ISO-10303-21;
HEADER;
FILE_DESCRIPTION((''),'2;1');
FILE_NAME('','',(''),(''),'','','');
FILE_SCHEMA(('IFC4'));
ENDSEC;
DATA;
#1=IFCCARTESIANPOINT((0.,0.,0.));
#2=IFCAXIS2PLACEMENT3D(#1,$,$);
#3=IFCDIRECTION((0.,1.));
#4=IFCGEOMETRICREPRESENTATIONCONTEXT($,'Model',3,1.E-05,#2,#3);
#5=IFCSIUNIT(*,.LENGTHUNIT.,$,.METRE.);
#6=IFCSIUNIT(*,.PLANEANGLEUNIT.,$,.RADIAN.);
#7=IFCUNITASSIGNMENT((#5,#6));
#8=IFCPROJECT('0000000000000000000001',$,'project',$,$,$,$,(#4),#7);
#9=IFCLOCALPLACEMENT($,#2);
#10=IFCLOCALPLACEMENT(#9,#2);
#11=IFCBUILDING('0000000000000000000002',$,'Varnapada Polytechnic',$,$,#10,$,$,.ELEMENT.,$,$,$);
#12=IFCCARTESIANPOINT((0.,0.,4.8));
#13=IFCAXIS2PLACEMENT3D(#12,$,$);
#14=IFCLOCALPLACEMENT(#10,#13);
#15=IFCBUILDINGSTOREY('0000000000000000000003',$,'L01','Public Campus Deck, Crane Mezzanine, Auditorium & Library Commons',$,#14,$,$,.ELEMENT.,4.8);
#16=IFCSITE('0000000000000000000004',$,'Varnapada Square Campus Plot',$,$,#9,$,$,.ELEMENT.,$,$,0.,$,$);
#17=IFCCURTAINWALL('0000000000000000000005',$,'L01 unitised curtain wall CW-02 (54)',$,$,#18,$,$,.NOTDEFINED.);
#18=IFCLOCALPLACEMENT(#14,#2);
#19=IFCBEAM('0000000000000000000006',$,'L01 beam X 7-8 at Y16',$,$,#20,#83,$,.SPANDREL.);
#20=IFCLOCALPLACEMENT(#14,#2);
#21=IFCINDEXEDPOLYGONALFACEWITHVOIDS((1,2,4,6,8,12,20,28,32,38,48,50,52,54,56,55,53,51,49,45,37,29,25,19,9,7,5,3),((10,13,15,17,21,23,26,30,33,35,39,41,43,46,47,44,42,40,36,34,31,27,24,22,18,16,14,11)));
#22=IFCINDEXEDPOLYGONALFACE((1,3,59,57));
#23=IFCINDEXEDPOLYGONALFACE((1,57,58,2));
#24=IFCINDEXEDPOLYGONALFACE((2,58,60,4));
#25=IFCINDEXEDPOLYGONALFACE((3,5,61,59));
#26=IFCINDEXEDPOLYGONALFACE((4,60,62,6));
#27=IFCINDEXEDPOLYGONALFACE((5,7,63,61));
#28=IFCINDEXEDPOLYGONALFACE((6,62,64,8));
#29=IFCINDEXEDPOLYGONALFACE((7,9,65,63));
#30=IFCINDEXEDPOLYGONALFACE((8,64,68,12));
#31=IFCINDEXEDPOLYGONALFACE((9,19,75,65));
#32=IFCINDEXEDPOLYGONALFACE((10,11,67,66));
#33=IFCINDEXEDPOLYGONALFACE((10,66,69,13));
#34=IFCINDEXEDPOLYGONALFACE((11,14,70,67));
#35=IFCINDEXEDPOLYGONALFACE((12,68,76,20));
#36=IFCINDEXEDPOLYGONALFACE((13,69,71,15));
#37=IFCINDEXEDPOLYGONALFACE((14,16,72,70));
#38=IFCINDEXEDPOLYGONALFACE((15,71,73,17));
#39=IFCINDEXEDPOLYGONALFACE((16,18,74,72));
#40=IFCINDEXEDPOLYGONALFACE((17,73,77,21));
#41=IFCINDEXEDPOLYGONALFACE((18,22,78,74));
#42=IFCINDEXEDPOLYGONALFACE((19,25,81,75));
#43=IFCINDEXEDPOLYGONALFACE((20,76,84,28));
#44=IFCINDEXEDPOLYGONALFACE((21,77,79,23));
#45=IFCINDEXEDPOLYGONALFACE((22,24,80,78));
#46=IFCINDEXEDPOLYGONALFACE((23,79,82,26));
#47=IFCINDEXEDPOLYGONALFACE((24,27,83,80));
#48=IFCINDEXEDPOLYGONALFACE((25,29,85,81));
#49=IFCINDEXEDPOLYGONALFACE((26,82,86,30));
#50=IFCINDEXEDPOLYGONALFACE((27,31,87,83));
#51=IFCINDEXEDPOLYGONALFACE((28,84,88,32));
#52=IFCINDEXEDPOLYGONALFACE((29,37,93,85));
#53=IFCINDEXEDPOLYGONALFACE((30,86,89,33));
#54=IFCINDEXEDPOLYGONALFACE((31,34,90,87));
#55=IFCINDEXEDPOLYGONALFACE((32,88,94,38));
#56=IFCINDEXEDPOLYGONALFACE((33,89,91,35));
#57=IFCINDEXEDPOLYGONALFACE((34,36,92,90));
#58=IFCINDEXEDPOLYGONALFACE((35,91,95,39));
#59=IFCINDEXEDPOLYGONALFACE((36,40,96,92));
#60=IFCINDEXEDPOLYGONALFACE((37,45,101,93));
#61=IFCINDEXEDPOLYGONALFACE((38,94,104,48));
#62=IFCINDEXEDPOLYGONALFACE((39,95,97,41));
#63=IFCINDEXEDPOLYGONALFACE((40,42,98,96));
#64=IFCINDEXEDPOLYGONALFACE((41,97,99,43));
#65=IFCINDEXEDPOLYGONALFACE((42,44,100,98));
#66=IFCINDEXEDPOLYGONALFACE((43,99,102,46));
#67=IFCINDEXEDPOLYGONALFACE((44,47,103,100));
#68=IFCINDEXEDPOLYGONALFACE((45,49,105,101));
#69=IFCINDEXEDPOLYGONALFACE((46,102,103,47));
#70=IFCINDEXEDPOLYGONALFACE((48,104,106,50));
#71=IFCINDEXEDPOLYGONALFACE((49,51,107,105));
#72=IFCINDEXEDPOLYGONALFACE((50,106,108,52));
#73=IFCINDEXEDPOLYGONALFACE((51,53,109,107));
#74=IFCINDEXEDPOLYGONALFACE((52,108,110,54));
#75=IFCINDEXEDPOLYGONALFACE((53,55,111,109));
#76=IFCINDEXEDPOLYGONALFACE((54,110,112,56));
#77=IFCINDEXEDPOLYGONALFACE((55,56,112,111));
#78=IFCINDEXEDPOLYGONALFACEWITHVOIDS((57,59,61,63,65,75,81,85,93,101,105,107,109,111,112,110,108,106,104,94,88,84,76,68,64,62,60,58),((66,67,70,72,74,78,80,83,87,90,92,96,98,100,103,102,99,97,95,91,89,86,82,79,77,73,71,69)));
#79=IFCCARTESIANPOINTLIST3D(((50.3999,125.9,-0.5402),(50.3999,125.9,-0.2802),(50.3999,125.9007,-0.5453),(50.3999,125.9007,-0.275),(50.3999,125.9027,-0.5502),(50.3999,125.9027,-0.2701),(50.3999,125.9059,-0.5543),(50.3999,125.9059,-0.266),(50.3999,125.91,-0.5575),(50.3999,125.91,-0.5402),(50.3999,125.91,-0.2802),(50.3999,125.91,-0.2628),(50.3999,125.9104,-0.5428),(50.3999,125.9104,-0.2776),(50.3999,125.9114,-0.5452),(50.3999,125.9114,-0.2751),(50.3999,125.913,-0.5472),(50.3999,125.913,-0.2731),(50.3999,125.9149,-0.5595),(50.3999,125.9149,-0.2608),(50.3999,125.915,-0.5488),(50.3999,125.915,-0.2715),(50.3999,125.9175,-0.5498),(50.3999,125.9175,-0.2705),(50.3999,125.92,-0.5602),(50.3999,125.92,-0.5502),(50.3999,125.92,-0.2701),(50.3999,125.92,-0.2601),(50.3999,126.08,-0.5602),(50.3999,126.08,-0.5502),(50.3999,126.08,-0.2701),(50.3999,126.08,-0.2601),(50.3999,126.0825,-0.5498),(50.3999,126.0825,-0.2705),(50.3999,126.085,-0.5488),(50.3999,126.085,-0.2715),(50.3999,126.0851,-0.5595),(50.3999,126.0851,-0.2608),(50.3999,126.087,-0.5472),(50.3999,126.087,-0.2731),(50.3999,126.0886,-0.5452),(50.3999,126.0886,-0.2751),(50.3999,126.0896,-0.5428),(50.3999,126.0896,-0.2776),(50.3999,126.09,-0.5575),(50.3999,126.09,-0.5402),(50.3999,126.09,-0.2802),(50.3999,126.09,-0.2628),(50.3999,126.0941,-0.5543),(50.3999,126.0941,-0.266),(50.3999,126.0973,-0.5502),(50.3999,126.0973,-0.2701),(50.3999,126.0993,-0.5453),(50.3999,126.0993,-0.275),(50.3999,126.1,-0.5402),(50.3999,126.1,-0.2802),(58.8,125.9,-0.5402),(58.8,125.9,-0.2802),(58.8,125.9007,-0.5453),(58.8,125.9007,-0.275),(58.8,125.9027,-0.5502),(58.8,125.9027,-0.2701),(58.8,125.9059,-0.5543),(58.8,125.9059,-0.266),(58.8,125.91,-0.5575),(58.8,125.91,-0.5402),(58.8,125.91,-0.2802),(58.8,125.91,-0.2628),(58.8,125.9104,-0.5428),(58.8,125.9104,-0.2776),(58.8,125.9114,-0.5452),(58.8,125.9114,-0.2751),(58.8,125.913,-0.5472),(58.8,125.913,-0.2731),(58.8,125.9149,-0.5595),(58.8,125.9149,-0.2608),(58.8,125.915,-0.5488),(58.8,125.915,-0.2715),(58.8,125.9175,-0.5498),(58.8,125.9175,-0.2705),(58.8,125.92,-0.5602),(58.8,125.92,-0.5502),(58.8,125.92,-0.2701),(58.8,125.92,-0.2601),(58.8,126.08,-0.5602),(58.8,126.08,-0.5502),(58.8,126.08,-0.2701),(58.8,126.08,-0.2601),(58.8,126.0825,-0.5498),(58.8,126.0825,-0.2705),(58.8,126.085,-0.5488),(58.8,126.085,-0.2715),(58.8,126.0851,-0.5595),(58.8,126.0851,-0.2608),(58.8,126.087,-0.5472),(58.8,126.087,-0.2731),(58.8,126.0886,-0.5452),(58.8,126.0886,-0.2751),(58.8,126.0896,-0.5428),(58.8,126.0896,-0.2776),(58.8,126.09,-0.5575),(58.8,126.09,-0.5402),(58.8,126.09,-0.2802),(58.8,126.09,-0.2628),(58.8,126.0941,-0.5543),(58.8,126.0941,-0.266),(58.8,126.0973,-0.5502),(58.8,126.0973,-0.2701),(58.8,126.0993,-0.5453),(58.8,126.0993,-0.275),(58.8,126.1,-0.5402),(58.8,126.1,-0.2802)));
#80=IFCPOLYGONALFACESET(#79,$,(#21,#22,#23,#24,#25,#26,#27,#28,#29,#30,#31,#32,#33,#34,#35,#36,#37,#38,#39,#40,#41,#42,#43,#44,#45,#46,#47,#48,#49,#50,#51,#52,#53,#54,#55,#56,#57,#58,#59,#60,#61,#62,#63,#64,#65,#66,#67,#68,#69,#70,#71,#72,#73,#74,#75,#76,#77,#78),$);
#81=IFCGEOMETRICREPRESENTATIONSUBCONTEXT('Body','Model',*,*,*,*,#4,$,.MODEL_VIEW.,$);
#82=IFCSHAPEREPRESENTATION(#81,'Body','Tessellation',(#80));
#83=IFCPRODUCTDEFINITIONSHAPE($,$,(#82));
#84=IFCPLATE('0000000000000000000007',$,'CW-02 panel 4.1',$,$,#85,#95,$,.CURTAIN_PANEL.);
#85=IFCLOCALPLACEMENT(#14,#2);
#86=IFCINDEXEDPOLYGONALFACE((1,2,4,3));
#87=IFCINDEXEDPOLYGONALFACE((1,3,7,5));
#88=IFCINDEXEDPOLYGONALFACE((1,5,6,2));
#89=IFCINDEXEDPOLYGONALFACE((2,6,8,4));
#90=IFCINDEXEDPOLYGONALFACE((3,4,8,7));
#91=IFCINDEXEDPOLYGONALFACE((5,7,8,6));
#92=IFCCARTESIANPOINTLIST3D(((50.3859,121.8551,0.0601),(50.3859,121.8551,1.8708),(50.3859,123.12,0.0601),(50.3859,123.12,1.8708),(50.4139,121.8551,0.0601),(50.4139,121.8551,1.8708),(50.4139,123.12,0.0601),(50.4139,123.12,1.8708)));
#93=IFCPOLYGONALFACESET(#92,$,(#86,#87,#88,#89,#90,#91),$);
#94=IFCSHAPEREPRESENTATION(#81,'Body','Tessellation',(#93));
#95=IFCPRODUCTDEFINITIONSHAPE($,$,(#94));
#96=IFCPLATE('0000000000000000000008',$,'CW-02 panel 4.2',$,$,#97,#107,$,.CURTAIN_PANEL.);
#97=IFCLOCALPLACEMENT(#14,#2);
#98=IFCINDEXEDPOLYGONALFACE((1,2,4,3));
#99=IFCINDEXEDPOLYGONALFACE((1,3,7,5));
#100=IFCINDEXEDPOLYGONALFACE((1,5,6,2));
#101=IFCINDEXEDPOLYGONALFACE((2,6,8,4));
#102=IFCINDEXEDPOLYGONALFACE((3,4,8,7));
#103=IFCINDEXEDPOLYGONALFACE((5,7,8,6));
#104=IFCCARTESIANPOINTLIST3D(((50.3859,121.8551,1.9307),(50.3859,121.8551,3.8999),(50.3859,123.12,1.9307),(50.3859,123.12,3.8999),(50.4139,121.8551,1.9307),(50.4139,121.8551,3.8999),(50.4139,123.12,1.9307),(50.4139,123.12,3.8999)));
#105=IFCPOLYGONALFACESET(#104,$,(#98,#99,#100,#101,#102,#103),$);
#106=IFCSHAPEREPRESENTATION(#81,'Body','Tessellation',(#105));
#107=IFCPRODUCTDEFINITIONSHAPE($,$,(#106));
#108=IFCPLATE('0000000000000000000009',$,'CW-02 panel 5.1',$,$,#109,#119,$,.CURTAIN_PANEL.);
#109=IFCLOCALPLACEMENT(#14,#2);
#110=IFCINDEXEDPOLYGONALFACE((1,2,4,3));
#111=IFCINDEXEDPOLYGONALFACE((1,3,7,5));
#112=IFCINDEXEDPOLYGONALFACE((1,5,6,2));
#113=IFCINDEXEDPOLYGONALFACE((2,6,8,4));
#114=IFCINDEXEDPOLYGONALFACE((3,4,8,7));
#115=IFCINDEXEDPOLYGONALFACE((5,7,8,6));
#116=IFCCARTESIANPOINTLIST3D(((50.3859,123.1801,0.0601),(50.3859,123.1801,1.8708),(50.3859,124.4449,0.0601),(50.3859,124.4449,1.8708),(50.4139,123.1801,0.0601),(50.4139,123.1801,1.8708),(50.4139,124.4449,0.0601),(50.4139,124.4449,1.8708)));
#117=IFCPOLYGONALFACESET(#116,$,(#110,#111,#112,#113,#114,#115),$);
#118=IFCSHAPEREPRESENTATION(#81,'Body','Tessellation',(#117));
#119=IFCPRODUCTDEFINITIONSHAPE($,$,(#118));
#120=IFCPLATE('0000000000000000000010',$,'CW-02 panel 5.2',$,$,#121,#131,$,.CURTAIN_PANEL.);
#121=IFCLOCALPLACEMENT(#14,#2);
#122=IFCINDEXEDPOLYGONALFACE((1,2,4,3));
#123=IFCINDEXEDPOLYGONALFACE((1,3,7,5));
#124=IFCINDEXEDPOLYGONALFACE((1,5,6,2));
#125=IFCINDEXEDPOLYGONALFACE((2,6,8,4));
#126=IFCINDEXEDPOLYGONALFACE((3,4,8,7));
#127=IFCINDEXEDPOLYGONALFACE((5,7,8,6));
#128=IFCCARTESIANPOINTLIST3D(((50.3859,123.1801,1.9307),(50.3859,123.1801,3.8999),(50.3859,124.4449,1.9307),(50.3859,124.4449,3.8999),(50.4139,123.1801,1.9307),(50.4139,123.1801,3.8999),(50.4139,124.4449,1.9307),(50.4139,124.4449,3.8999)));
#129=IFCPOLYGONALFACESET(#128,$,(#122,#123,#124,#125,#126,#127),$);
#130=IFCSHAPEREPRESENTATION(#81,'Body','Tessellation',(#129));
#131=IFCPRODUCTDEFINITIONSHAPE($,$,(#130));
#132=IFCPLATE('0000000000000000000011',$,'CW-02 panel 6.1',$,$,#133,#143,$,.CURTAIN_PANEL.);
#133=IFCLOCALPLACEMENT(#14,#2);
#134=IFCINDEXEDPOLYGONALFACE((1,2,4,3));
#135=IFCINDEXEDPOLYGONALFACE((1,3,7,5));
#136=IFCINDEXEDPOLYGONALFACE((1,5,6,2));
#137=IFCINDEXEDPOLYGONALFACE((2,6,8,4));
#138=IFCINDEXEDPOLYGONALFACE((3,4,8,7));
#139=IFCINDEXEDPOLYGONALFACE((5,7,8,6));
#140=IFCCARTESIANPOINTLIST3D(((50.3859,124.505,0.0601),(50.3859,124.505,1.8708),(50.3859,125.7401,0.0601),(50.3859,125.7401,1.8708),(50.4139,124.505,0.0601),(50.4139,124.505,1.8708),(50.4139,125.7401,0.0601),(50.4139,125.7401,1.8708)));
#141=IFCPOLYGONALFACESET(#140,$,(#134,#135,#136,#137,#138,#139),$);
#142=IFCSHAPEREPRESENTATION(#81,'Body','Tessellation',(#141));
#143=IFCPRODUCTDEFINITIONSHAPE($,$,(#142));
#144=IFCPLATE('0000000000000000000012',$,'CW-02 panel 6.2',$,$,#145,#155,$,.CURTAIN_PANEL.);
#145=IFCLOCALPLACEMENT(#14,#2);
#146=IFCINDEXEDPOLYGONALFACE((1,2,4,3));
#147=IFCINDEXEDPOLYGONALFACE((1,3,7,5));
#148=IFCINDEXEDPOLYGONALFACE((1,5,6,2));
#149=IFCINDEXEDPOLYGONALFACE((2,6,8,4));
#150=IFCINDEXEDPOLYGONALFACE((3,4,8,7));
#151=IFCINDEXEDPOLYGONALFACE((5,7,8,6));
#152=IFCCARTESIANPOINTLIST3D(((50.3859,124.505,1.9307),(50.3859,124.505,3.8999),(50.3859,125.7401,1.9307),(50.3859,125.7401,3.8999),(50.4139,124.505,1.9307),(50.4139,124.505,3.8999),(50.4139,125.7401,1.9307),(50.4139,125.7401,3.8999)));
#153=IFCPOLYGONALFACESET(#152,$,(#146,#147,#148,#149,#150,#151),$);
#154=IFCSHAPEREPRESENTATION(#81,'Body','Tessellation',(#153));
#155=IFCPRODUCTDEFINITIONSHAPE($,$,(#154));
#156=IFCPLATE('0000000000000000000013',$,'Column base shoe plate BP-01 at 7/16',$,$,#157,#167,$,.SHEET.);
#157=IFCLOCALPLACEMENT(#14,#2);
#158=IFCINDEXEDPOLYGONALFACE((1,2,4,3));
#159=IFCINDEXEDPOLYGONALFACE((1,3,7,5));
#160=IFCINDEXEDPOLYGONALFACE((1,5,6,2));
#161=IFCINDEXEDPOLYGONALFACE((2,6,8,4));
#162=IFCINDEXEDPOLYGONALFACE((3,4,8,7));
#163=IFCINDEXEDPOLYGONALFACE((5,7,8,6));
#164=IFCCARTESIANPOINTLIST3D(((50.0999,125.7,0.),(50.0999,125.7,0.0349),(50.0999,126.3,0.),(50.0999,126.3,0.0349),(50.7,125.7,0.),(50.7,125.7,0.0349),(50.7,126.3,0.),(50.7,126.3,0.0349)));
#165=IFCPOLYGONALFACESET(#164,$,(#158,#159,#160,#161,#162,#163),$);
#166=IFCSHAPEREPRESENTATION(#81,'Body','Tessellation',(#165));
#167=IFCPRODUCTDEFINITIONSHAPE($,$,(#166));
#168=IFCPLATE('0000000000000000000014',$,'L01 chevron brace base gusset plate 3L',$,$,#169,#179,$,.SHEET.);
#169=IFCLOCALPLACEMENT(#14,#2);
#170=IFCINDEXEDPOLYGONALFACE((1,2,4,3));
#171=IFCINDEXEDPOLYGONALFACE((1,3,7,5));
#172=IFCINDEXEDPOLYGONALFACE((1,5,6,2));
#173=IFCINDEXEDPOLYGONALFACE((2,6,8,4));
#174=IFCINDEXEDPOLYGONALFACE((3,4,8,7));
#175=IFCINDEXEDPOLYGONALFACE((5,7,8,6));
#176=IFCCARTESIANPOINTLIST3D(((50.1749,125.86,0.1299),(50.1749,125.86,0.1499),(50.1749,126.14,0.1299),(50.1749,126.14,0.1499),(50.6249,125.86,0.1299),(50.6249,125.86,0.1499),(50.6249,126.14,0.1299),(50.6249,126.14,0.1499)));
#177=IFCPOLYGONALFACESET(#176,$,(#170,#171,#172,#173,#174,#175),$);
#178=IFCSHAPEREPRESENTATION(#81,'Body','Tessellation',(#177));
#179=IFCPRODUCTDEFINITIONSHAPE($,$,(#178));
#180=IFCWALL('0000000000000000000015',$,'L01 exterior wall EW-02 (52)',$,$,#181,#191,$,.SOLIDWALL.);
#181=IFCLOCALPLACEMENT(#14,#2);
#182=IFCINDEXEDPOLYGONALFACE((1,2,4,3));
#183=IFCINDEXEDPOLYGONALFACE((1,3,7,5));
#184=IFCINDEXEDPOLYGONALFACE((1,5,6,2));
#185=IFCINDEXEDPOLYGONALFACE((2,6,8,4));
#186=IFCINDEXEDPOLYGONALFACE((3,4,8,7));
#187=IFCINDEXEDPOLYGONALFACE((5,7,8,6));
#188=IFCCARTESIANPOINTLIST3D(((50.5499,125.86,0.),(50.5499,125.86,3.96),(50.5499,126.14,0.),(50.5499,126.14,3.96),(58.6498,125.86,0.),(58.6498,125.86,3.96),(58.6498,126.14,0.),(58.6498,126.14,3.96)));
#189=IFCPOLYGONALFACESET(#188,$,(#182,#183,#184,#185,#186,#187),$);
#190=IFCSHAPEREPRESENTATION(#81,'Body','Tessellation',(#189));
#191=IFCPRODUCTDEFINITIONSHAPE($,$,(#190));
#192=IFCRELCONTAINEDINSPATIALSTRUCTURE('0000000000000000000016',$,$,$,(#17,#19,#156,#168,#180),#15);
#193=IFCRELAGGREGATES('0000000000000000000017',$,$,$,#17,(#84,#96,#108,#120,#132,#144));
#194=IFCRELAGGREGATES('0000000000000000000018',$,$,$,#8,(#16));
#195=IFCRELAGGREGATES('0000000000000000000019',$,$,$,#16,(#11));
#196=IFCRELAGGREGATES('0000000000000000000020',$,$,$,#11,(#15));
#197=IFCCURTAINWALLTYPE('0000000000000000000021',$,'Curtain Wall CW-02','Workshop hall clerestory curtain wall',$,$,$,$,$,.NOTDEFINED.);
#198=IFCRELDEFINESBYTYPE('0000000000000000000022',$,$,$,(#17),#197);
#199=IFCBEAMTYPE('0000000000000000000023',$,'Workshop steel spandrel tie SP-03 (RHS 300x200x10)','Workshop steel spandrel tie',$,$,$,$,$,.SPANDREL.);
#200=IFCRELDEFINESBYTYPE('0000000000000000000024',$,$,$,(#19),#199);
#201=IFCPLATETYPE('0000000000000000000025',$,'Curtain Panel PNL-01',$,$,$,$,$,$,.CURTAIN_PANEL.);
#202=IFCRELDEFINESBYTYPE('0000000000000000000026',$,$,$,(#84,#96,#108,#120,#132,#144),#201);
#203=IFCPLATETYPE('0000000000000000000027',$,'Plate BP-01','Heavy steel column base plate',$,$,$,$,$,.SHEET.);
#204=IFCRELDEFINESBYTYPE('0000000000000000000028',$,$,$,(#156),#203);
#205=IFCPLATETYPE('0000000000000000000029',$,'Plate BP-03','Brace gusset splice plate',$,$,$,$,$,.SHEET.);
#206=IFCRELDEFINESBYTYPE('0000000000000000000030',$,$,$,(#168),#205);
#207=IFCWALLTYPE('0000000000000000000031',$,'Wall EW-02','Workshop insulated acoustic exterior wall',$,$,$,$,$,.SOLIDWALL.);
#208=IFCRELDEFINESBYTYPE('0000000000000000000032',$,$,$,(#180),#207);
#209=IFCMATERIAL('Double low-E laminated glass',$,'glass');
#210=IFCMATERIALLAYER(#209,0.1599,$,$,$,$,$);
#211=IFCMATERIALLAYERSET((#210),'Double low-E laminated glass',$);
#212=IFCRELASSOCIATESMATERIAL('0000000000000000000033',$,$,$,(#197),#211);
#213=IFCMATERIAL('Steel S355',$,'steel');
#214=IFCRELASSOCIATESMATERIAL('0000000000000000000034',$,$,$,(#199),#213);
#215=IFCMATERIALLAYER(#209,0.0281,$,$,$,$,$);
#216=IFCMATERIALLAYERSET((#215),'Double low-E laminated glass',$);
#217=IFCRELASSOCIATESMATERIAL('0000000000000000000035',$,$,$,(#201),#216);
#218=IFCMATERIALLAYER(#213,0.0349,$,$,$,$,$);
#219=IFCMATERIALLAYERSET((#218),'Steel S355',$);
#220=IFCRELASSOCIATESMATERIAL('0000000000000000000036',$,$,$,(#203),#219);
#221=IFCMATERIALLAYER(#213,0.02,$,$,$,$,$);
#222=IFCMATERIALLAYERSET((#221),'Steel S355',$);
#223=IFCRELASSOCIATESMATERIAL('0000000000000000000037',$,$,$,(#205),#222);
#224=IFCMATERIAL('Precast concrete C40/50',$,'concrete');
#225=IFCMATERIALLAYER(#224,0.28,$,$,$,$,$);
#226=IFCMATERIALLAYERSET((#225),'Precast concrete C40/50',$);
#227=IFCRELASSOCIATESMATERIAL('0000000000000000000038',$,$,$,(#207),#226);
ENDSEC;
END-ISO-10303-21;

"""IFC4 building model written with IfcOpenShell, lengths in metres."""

from ifc_helpers import new_model, si_unit, direction, frame, frame_2d, origin, origin_2d, place, context, subcontext, project, spatial, rectangle, hollow_rectangle, extrude, material, layer, layer_set, material_profile, profile_set, type_object, element, aggregate, save


model = new_model("IFC4")

# Units and contexts
model_context = context("Model", 3, precision=1e-05, world=origin(), true_north=direction((0.0, 1.0)))
body_context = subcontext(model_context, "Body", "Model", "MODEL_VIEW")
ifc_project = project(units=[si_unit("LENGTHUNIT", "METRE"), si_unit("PLANEANGLEUNIT", "RADIAN")], contexts=[model_context])

# Site, building, storey
site_placement = place(None, origin())
site = spatial("IfcSite", under=ifc_project, at=site_placement, Name="Varnapada Square Campus Plot", CompositionType="ELEMENT", RefElevation=0.0)
building_placement = place(site_placement, origin())
building = spatial("IfcBuilding", under=site, at=building_placement, Name="Varnapada Polytechnic", CompositionType="ELEMENT")
storey_placement = place(building_placement, frame((0.0, 0.0, 4.8)))
storey = spatial("IfcBuildingStorey", under=building, at=storey_placement, Name="L01", Description="Public Campus Deck, Crane Mezzanine, Auditorium & Library Commons", CompositionType="ELEMENT", Elevation=4.8)

# Shared definitions
ifc_material_1 = material(Name="Steel S355", Category="steel")

# Curtain wall
ifc_material_2 = material(Name="Double low-E laminated glass", Category="glass")
ifc_layer_1 = layer(ifc_material_2, 0.1599)
ifc_layer_set_1 = layer_set([ifc_layer_1], Name="Double low-E laminated glass")
curtain_wall_type = type_object("IfcCurtainWallType", Name="Curtain Wall CW-02", Description="Workshop hall clerestory curtain wall", PredefinedType="NOTDEFINED", material=ifc_layer_set_1)
curtain_wall_placement = place(storey_placement, origin())
curtain_wall = element("IfcCurtainWall", 1, at=curtain_wall_placement, inside=storey, type_object=curtain_wall_type, Name="L01 unitised curtain wall CW-02 (54)", PredefinedType="NOTDEFINED")

# Beam
ifc_material_profile_1 = material_profile(ifc_material_1, hollow_rectangle(XDim=0.2, YDim=0.3, WallThickness=0.01, InnerFilletRadius=0.01, OuterFilletRadius=0.02, at=origin_2d()), Name="RHS 300x200x10")
ifc_profile_set_1 = profile_set([ifc_material_profile_1], Name="Steel S355")
beam_type_1 = type_object("IfcBeamType", Name="Workshop steel spandrel tie SP-03 (RHS 300x200x10)", Description="Workshop steel spandrel tie", PredefinedType="SPANDREL", material=ifc_profile_set_1)
beam_placement = place(storey_placement, frame((50.3999, 126.0, -0.4102), z_axis=(1.0, 0.0, 0.0), x_axis=(0.0, 1.0, 0.0)))
element("IfcBeam", 2, at=beam_placement, inside=storey, type_object=beam_type_1, Name="L01 beam X 7-8 at Y16", PredefinedType="SPANDREL", context=body_context, shape_type="SweptSolid", body=[
    extrude(hollow_rectangle(XDim=0.2, YDim=0.3, WallThickness=0.01, InnerFilletRadius=0.01, OuterFilletRadius=0.02, at=origin_2d()), origin(), (0.0, 0.0, 1.0), 8.4001),
])

# Plates
ifc_layer_2 = layer(ifc_material_2, 0.0281)
ifc_layer_set_2 = layer_set([ifc_layer_2], Name="Double low-E laminated glass")
plate_type_1 = type_object("IfcPlateType", Name="Curtain Panel PNL-01", PredefinedType="CURTAIN_PANEL", material=ifc_layer_set_2)
plate_1_placement = place(storey_placement, frame((50.3999, 122.4875, 0.0601), z_axis=(0.0, 0.0, 1.0), x_axis=(0.0, 1.0, 0.0)))
plate_1 = element("IfcPlate", 3, at=plate_1_placement, type_object=plate_type_1, Name="CW-02 panel 4.1", PredefinedType="CURTAIN_PANEL", context=body_context, shape_type="SweptSolid", body=[
    extrude(rectangle(XDim=1.2649, YDim=0.0281, at=origin_2d()), origin(), (0.0, 0.0, 1.0), 1.8108),
])
plate_2_placement = place(storey_placement, frame((50.3999, 122.4875, 1.9307), z_axis=(0.0, 0.0, 1.0), x_axis=(0.0, 1.0, 0.0)))
plate_2 = element("IfcPlate", 4, at=plate_2_placement, type_object=plate_type_1, Name="CW-02 panel 4.2", PredefinedType="CURTAIN_PANEL", context=body_context, shape_type="SweptSolid", body=[
    extrude(rectangle(XDim=1.2649, YDim=0.0281, at=origin_2d()), origin(), (0.0, 0.0, 1.0), 1.9692),
])
plate_3_placement = place(storey_placement, frame((50.3999, 123.8125, 0.0601), z_axis=(0.0, 0.0, 1.0), x_axis=(0.0, 1.0, 0.0)))
plate_3 = element("IfcPlate", 5, at=plate_3_placement, type_object=plate_type_1, Name="CW-02 panel 5.1", PredefinedType="CURTAIN_PANEL", context=body_context, shape_type="SweptSolid", body=[
    extrude(rectangle(XDim=1.2649, YDim=0.0281, at=origin_2d()), origin(), (0.0, 0.0, 1.0), 1.8108),
])
plate_4_placement = place(storey_placement, frame((50.3999, 123.8125, 1.9307), z_axis=(0.0, 0.0, 1.0), x_axis=(0.0, 1.0, 0.0)))
plate_4 = element("IfcPlate", 6, at=plate_4_placement, type_object=plate_type_1, Name="CW-02 panel 5.2", PredefinedType="CURTAIN_PANEL", context=body_context, shape_type="SweptSolid", body=[
    extrude(rectangle(XDim=1.2649, YDim=0.0281, at=origin_2d()), origin(), (0.0, 0.0, 1.0), 1.9692),
])
plate_5_placement = place(storey_placement, frame((50.3999, 125.1226, 0.0601), z_axis=(0.0, 0.0, 1.0), x_axis=(0.0, 1.0, 0.0)))
plate_5 = element("IfcPlate", 7, at=plate_5_placement, type_object=plate_type_1, Name="CW-02 panel 6.1", PredefinedType="CURTAIN_PANEL", context=body_context, shape_type="SweptSolid", body=[
    extrude(rectangle(XDim=1.2351, YDim=0.0281, at=origin_2d()), origin(), (0.0, 0.0, 1.0), 1.8108),
])
plate_6_placement = place(storey_placement, frame((50.3999, 125.1226, 1.9307), z_axis=(0.0, 0.0, 1.0), x_axis=(0.0, 1.0, 0.0)))
plate_6 = element("IfcPlate", 8, at=plate_6_placement, type_object=plate_type_1, Name="CW-02 panel 6.2", PredefinedType="CURTAIN_PANEL", context=body_context, shape_type="SweptSolid", body=[
    extrude(rectangle(XDim=1.2351, YDim=0.0281, at=origin_2d()), origin(), (0.0, 0.0, 1.0), 1.9692),
])
aggregate(curtain_wall, [plate_1, plate_2, plate_3, plate_4, plate_5, plate_6])

# Plates
ifc_layer_3 = layer(ifc_material_1, 0.0349)
ifc_layer_set_3 = layer_set([ifc_layer_3], Name="Steel S355")
plate_type_2 = type_object("IfcPlateType", Name="Plate BP-01", Description="Heavy steel column base plate", PredefinedType="SHEET", material=ifc_layer_set_3)
plate_7_placement = place(storey_placement, frame((50.3999, 126.0, 0.0), z_axis=(0.0, 0.0, 1.0), x_axis=(1.0, 0.0, 0.0)))
element("IfcPlate", 9, at=plate_7_placement, inside=storey, type_object=plate_type_2, Name="Column base shoe plate BP-01 at 7/16", PredefinedType="SHEET", context=body_context, shape_type="SweptSolid", body=[
    extrude(rectangle(XDim=0.6001, YDim=0.6001, at=origin_2d()), origin(), (0.0, 0.0, 1.0), 0.0349),
])
ifc_layer_4 = layer(ifc_material_1, 0.02)
ifc_layer_set_4 = layer_set([ifc_layer_4], Name="Steel S355")
plate_type_3 = type_object("IfcPlateType", Name="Plate BP-03", Description="Brace gusset splice plate", PredefinedType="SHEET", material=ifc_layer_set_4)
plate_8_placement = place(storey_placement, frame((50.3999, 126.0, 0.1299), z_axis=(0.0, 0.0, 1.0), x_axis=(1.0, 0.0, 0.0)))
element("IfcPlate", 10, at=plate_8_placement, inside=storey, type_object=plate_type_3, Name="L01 chevron brace base gusset plate 3L", PredefinedType="SHEET", context=body_context, shape_type="SweptSolid", body=[
    extrude(rectangle(XDim=0.45, YDim=0.28, at=origin_2d()), origin(), (0.0, 0.0, 1.0), 0.02),
])

# Wall
ifc_material_3 = material(Name="Precast concrete C40/50", Category="concrete")
ifc_layer_5 = layer(ifc_material_3, 0.28)
ifc_layer_set_5 = layer_set([ifc_layer_5], Name="Precast concrete C40/50")
wall_type = type_object("IfcWallType", Name="Wall EW-02", Description="Workshop insulated acoustic exterior wall", PredefinedType="SOLIDWALL", material=ifc_layer_set_5)
wall_placement = place(storey_placement, frame((50.55, 126.0, 0.0), z_axis=(0.0, 0.0, 1.0), x_axis=(1.0, 0.0, 0.0)))
element("IfcWall", 11, at=wall_placement, inside=storey, type_object=wall_type, Name="L01 exterior wall EW-02 (52)", PredefinedType="SOLIDWALL", context=body_context, shape_type="SweptSolid", body=[
    extrude(rectangle(XDim=8.0999, YDim=0.28, at=frame_2d((4.0498, 0.0))), origin(), (0.0, 0.0, 1.0), 3.96),
])

save(model, "model.ifc")
